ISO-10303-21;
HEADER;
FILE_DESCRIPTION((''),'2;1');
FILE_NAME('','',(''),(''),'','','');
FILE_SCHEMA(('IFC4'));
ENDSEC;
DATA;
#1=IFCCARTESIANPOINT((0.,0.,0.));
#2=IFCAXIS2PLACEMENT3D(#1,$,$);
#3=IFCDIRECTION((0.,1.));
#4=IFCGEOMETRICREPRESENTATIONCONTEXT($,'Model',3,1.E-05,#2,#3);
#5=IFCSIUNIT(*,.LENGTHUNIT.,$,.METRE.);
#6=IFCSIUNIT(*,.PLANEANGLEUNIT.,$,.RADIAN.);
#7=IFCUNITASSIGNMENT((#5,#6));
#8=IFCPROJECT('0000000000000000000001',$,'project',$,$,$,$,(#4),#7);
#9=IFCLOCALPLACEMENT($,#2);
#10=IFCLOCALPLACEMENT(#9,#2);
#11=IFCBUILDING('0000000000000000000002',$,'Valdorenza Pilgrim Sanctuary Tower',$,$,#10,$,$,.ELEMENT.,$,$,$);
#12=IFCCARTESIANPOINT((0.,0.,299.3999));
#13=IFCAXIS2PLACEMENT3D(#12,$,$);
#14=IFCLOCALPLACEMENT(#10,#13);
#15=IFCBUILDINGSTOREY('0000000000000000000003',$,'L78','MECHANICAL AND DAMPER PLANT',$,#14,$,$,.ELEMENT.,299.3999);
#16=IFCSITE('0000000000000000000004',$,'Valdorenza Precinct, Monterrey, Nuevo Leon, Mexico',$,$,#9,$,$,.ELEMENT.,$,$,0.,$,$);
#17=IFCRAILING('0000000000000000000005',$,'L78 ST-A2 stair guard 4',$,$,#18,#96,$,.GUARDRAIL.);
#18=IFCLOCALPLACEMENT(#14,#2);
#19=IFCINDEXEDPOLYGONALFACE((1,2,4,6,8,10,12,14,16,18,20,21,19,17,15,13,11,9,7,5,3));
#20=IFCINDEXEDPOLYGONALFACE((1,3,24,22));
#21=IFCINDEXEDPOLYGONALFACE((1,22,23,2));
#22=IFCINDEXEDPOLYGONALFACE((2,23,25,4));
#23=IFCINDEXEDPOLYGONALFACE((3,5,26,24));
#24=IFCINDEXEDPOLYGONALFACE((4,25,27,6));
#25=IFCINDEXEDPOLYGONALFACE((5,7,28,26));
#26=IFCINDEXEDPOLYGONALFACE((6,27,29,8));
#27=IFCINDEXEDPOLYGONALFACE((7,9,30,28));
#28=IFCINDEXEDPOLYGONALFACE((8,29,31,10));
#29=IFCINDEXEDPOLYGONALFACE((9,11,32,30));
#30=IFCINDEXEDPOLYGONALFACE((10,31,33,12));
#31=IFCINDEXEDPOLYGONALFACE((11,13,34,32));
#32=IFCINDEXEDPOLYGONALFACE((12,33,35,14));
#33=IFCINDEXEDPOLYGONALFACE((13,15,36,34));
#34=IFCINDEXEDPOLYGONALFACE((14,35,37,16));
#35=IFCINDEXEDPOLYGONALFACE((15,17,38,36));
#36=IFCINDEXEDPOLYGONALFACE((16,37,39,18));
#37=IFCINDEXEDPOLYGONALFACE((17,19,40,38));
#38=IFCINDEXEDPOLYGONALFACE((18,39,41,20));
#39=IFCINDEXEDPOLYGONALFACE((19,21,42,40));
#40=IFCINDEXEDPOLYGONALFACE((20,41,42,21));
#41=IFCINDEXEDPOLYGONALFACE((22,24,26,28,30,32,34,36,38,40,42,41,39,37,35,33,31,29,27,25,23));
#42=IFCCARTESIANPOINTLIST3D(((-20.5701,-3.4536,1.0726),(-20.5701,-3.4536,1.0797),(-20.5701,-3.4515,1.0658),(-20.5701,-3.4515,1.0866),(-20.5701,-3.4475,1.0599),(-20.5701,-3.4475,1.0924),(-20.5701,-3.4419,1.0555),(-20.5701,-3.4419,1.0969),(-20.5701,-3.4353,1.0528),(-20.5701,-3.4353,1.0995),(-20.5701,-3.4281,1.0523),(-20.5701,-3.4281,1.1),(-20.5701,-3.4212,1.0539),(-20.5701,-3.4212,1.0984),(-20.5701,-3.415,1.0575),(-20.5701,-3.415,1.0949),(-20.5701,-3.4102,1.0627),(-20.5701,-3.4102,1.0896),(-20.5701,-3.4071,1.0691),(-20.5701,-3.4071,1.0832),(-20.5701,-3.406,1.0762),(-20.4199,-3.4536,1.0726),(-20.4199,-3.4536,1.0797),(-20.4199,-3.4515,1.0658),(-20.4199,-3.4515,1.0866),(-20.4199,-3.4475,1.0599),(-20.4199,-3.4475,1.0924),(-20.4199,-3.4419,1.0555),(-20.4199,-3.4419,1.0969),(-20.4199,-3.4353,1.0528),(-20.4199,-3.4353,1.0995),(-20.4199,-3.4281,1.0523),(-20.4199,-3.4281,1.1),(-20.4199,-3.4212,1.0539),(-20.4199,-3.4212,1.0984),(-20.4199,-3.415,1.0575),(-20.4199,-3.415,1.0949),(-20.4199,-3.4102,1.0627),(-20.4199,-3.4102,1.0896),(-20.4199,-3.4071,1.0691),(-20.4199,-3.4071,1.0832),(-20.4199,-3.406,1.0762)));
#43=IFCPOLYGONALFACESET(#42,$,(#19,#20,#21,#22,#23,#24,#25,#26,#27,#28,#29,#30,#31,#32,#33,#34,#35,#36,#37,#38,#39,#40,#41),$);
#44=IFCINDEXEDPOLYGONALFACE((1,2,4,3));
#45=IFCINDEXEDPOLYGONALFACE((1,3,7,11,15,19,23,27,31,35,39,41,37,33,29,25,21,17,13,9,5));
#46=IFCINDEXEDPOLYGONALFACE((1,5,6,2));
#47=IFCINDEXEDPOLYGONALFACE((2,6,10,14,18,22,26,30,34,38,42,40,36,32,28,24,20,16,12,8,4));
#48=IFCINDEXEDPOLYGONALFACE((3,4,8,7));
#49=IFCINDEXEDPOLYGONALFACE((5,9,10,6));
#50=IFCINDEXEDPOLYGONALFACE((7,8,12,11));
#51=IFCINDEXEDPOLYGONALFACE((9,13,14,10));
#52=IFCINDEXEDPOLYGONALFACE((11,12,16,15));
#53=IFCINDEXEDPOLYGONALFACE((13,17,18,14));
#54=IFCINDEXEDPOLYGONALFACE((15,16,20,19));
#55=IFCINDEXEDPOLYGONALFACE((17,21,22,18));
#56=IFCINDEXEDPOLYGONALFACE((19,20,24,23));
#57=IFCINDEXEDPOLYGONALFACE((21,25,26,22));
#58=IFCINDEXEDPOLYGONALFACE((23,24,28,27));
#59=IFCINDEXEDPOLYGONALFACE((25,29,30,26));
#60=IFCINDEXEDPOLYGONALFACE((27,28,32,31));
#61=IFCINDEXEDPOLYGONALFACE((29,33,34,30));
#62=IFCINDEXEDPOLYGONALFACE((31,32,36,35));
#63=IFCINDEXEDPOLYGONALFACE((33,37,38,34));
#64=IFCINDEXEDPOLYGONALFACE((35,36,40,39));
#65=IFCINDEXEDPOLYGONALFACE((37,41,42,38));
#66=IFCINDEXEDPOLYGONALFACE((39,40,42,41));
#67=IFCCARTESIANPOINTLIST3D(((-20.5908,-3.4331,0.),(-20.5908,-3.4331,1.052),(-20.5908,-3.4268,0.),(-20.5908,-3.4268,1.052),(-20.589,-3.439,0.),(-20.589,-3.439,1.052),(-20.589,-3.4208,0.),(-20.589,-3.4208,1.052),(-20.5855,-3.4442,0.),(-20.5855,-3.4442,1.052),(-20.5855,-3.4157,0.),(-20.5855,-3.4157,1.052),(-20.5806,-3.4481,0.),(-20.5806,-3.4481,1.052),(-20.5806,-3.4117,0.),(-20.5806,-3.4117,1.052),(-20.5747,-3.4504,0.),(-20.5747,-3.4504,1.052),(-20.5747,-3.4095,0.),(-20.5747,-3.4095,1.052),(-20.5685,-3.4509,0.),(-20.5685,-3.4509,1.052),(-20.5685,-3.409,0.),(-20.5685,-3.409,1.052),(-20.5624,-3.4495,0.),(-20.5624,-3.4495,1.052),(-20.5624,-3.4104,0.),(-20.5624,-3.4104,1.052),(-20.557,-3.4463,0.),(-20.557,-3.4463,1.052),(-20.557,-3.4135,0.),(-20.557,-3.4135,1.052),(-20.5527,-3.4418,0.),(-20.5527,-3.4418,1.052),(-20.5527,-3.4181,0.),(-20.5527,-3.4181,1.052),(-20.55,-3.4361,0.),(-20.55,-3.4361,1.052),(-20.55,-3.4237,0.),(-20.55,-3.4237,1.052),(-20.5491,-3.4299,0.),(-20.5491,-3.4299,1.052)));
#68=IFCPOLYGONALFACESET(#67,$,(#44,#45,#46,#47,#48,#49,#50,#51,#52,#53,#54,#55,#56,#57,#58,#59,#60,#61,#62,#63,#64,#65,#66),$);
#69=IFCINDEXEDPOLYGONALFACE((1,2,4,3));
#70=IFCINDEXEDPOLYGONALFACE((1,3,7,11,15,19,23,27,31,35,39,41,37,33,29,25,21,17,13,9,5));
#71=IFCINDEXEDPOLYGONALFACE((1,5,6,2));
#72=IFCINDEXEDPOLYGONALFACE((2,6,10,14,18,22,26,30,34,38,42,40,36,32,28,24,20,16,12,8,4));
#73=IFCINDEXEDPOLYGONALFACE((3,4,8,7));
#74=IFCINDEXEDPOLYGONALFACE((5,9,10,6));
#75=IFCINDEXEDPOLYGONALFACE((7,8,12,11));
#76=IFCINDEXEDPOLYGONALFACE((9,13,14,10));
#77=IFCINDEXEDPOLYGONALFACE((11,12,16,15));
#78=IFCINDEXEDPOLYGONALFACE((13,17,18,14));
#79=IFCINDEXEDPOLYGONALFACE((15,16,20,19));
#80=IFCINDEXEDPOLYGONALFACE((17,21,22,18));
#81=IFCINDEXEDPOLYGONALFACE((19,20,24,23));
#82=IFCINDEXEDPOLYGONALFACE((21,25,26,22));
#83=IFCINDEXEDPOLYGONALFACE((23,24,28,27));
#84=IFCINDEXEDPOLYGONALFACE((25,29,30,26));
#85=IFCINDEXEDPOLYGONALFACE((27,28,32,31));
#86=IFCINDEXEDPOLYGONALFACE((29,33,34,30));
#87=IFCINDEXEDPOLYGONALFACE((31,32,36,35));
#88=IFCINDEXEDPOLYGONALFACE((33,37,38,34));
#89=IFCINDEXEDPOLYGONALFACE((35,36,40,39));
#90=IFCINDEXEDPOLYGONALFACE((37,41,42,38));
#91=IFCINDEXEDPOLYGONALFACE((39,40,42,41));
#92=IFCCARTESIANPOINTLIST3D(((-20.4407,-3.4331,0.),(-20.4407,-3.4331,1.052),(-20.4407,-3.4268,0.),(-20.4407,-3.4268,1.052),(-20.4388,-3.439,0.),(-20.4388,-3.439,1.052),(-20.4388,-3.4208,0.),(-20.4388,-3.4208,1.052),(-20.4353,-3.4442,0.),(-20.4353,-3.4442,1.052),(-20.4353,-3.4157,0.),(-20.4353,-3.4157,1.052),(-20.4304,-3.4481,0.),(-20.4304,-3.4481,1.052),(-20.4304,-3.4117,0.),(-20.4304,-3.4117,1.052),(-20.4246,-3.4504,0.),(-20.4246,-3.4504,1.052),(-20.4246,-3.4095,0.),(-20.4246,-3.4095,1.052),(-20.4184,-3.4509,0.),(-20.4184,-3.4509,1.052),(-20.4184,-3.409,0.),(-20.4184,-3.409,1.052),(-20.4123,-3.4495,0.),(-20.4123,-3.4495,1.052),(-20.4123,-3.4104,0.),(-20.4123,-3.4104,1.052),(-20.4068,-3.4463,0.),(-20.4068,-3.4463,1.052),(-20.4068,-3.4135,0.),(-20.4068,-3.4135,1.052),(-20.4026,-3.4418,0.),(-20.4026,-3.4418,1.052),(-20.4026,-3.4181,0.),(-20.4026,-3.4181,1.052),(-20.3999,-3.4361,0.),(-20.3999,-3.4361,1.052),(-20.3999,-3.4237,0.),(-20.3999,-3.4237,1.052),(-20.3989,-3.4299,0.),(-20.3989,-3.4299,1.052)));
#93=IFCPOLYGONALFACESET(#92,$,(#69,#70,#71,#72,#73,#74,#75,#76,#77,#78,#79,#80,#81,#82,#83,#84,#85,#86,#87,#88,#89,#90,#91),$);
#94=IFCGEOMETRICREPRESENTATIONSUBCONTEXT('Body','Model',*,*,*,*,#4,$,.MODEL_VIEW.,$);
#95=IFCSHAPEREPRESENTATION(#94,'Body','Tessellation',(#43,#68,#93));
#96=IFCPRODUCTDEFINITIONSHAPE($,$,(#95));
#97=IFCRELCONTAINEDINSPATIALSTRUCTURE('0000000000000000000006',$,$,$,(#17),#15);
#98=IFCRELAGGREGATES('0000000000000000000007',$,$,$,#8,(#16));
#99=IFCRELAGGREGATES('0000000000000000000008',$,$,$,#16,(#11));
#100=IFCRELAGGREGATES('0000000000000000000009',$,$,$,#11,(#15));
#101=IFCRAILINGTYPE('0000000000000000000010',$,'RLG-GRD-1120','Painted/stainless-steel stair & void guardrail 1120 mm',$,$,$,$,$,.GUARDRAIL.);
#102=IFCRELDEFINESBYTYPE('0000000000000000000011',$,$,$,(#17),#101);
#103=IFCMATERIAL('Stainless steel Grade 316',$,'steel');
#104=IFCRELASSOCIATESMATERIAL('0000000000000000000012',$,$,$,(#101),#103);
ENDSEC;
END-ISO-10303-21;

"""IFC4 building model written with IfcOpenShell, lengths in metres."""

from ifc_helpers import new_model, si_unit, direction, frame, origin, origin_2d, place, context, subcontext, project, spatial, circle, extrude, material, type_object, element, save


model = new_model("IFC4")

# Units and contexts
model_context = context("Model", 3, precision=1e-05, world=origin(), true_north=direction((0.0, 1.0)))
body_context = subcontext(model_context, "Body", "Model", "MODEL_VIEW")
ifc_project = project(units=[si_unit("LENGTHUNIT", "METRE"), si_unit("PLANEANGLEUNIT", "RADIAN")], contexts=[model_context])

# Site, building, storey
site_placement = place(None, origin())
site = spatial("IfcSite", under=ifc_project, at=site_placement, Name="Valdorenza Precinct, Monterrey, Nuevo Leon, Mexico", CompositionType="ELEMENT", RefElevation=0.0)
building_placement = place(site_placement, origin())
building = spatial("IfcBuilding", under=site, at=building_placement, Name="Valdorenza Pilgrim Sanctuary Tower", CompositionType="ELEMENT")
storey_placement = place(building_placement, frame((0.0, 0.0, 299.3999)))
storey = spatial("IfcBuildingStorey", under=building, at=storey_placement, Name="L78", Description="MECHANICAL AND DAMPER PLANT", CompositionType="ELEMENT", Elevation=299.3999)

# Railing
ifc_material_1 = material(Name="Stainless steel Grade 316", Category="steel")
railing_type_1 = type_object("IfcRailingType", Name="RLG-GRD-1120", Description="Painted/stainless-steel stair & void guardrail 1120 mm", PredefinedType="GUARDRAIL", material=ifc_material_1)
railing_1_placement = place(storey_placement, frame((-20.5701, -3.4299, 0.0)))
element("IfcRailing", 1, at=railing_1_placement, inside=storey, type_object=railing_type_1, Name="L78 ST-A2 stair guard 4", PredefinedType="GUARDRAIL", context=body_context, shape_type="SweptSolid", body=[
    extrude(circle(Radius=0.0239, at=origin_2d()), frame((0.0, 0.0, 1.0762), z_axis=(1.0, 0.0, 0.0), x_axis=(0.0, 1.0, 0.0)), (0.0, 0.0, 1.0), 0.1501),
    extrude(circle(Radius=0.021, at=origin_2d()), origin(), (0.0, 0.0, 1.0), 1.052),
    extrude(circle(Radius=0.021, at=origin_2d()), frame((0.1501, 0.0, 0.0)), (0.0, 0.0, 1.0), 1.052),
])

save(model, "model.ifc")
